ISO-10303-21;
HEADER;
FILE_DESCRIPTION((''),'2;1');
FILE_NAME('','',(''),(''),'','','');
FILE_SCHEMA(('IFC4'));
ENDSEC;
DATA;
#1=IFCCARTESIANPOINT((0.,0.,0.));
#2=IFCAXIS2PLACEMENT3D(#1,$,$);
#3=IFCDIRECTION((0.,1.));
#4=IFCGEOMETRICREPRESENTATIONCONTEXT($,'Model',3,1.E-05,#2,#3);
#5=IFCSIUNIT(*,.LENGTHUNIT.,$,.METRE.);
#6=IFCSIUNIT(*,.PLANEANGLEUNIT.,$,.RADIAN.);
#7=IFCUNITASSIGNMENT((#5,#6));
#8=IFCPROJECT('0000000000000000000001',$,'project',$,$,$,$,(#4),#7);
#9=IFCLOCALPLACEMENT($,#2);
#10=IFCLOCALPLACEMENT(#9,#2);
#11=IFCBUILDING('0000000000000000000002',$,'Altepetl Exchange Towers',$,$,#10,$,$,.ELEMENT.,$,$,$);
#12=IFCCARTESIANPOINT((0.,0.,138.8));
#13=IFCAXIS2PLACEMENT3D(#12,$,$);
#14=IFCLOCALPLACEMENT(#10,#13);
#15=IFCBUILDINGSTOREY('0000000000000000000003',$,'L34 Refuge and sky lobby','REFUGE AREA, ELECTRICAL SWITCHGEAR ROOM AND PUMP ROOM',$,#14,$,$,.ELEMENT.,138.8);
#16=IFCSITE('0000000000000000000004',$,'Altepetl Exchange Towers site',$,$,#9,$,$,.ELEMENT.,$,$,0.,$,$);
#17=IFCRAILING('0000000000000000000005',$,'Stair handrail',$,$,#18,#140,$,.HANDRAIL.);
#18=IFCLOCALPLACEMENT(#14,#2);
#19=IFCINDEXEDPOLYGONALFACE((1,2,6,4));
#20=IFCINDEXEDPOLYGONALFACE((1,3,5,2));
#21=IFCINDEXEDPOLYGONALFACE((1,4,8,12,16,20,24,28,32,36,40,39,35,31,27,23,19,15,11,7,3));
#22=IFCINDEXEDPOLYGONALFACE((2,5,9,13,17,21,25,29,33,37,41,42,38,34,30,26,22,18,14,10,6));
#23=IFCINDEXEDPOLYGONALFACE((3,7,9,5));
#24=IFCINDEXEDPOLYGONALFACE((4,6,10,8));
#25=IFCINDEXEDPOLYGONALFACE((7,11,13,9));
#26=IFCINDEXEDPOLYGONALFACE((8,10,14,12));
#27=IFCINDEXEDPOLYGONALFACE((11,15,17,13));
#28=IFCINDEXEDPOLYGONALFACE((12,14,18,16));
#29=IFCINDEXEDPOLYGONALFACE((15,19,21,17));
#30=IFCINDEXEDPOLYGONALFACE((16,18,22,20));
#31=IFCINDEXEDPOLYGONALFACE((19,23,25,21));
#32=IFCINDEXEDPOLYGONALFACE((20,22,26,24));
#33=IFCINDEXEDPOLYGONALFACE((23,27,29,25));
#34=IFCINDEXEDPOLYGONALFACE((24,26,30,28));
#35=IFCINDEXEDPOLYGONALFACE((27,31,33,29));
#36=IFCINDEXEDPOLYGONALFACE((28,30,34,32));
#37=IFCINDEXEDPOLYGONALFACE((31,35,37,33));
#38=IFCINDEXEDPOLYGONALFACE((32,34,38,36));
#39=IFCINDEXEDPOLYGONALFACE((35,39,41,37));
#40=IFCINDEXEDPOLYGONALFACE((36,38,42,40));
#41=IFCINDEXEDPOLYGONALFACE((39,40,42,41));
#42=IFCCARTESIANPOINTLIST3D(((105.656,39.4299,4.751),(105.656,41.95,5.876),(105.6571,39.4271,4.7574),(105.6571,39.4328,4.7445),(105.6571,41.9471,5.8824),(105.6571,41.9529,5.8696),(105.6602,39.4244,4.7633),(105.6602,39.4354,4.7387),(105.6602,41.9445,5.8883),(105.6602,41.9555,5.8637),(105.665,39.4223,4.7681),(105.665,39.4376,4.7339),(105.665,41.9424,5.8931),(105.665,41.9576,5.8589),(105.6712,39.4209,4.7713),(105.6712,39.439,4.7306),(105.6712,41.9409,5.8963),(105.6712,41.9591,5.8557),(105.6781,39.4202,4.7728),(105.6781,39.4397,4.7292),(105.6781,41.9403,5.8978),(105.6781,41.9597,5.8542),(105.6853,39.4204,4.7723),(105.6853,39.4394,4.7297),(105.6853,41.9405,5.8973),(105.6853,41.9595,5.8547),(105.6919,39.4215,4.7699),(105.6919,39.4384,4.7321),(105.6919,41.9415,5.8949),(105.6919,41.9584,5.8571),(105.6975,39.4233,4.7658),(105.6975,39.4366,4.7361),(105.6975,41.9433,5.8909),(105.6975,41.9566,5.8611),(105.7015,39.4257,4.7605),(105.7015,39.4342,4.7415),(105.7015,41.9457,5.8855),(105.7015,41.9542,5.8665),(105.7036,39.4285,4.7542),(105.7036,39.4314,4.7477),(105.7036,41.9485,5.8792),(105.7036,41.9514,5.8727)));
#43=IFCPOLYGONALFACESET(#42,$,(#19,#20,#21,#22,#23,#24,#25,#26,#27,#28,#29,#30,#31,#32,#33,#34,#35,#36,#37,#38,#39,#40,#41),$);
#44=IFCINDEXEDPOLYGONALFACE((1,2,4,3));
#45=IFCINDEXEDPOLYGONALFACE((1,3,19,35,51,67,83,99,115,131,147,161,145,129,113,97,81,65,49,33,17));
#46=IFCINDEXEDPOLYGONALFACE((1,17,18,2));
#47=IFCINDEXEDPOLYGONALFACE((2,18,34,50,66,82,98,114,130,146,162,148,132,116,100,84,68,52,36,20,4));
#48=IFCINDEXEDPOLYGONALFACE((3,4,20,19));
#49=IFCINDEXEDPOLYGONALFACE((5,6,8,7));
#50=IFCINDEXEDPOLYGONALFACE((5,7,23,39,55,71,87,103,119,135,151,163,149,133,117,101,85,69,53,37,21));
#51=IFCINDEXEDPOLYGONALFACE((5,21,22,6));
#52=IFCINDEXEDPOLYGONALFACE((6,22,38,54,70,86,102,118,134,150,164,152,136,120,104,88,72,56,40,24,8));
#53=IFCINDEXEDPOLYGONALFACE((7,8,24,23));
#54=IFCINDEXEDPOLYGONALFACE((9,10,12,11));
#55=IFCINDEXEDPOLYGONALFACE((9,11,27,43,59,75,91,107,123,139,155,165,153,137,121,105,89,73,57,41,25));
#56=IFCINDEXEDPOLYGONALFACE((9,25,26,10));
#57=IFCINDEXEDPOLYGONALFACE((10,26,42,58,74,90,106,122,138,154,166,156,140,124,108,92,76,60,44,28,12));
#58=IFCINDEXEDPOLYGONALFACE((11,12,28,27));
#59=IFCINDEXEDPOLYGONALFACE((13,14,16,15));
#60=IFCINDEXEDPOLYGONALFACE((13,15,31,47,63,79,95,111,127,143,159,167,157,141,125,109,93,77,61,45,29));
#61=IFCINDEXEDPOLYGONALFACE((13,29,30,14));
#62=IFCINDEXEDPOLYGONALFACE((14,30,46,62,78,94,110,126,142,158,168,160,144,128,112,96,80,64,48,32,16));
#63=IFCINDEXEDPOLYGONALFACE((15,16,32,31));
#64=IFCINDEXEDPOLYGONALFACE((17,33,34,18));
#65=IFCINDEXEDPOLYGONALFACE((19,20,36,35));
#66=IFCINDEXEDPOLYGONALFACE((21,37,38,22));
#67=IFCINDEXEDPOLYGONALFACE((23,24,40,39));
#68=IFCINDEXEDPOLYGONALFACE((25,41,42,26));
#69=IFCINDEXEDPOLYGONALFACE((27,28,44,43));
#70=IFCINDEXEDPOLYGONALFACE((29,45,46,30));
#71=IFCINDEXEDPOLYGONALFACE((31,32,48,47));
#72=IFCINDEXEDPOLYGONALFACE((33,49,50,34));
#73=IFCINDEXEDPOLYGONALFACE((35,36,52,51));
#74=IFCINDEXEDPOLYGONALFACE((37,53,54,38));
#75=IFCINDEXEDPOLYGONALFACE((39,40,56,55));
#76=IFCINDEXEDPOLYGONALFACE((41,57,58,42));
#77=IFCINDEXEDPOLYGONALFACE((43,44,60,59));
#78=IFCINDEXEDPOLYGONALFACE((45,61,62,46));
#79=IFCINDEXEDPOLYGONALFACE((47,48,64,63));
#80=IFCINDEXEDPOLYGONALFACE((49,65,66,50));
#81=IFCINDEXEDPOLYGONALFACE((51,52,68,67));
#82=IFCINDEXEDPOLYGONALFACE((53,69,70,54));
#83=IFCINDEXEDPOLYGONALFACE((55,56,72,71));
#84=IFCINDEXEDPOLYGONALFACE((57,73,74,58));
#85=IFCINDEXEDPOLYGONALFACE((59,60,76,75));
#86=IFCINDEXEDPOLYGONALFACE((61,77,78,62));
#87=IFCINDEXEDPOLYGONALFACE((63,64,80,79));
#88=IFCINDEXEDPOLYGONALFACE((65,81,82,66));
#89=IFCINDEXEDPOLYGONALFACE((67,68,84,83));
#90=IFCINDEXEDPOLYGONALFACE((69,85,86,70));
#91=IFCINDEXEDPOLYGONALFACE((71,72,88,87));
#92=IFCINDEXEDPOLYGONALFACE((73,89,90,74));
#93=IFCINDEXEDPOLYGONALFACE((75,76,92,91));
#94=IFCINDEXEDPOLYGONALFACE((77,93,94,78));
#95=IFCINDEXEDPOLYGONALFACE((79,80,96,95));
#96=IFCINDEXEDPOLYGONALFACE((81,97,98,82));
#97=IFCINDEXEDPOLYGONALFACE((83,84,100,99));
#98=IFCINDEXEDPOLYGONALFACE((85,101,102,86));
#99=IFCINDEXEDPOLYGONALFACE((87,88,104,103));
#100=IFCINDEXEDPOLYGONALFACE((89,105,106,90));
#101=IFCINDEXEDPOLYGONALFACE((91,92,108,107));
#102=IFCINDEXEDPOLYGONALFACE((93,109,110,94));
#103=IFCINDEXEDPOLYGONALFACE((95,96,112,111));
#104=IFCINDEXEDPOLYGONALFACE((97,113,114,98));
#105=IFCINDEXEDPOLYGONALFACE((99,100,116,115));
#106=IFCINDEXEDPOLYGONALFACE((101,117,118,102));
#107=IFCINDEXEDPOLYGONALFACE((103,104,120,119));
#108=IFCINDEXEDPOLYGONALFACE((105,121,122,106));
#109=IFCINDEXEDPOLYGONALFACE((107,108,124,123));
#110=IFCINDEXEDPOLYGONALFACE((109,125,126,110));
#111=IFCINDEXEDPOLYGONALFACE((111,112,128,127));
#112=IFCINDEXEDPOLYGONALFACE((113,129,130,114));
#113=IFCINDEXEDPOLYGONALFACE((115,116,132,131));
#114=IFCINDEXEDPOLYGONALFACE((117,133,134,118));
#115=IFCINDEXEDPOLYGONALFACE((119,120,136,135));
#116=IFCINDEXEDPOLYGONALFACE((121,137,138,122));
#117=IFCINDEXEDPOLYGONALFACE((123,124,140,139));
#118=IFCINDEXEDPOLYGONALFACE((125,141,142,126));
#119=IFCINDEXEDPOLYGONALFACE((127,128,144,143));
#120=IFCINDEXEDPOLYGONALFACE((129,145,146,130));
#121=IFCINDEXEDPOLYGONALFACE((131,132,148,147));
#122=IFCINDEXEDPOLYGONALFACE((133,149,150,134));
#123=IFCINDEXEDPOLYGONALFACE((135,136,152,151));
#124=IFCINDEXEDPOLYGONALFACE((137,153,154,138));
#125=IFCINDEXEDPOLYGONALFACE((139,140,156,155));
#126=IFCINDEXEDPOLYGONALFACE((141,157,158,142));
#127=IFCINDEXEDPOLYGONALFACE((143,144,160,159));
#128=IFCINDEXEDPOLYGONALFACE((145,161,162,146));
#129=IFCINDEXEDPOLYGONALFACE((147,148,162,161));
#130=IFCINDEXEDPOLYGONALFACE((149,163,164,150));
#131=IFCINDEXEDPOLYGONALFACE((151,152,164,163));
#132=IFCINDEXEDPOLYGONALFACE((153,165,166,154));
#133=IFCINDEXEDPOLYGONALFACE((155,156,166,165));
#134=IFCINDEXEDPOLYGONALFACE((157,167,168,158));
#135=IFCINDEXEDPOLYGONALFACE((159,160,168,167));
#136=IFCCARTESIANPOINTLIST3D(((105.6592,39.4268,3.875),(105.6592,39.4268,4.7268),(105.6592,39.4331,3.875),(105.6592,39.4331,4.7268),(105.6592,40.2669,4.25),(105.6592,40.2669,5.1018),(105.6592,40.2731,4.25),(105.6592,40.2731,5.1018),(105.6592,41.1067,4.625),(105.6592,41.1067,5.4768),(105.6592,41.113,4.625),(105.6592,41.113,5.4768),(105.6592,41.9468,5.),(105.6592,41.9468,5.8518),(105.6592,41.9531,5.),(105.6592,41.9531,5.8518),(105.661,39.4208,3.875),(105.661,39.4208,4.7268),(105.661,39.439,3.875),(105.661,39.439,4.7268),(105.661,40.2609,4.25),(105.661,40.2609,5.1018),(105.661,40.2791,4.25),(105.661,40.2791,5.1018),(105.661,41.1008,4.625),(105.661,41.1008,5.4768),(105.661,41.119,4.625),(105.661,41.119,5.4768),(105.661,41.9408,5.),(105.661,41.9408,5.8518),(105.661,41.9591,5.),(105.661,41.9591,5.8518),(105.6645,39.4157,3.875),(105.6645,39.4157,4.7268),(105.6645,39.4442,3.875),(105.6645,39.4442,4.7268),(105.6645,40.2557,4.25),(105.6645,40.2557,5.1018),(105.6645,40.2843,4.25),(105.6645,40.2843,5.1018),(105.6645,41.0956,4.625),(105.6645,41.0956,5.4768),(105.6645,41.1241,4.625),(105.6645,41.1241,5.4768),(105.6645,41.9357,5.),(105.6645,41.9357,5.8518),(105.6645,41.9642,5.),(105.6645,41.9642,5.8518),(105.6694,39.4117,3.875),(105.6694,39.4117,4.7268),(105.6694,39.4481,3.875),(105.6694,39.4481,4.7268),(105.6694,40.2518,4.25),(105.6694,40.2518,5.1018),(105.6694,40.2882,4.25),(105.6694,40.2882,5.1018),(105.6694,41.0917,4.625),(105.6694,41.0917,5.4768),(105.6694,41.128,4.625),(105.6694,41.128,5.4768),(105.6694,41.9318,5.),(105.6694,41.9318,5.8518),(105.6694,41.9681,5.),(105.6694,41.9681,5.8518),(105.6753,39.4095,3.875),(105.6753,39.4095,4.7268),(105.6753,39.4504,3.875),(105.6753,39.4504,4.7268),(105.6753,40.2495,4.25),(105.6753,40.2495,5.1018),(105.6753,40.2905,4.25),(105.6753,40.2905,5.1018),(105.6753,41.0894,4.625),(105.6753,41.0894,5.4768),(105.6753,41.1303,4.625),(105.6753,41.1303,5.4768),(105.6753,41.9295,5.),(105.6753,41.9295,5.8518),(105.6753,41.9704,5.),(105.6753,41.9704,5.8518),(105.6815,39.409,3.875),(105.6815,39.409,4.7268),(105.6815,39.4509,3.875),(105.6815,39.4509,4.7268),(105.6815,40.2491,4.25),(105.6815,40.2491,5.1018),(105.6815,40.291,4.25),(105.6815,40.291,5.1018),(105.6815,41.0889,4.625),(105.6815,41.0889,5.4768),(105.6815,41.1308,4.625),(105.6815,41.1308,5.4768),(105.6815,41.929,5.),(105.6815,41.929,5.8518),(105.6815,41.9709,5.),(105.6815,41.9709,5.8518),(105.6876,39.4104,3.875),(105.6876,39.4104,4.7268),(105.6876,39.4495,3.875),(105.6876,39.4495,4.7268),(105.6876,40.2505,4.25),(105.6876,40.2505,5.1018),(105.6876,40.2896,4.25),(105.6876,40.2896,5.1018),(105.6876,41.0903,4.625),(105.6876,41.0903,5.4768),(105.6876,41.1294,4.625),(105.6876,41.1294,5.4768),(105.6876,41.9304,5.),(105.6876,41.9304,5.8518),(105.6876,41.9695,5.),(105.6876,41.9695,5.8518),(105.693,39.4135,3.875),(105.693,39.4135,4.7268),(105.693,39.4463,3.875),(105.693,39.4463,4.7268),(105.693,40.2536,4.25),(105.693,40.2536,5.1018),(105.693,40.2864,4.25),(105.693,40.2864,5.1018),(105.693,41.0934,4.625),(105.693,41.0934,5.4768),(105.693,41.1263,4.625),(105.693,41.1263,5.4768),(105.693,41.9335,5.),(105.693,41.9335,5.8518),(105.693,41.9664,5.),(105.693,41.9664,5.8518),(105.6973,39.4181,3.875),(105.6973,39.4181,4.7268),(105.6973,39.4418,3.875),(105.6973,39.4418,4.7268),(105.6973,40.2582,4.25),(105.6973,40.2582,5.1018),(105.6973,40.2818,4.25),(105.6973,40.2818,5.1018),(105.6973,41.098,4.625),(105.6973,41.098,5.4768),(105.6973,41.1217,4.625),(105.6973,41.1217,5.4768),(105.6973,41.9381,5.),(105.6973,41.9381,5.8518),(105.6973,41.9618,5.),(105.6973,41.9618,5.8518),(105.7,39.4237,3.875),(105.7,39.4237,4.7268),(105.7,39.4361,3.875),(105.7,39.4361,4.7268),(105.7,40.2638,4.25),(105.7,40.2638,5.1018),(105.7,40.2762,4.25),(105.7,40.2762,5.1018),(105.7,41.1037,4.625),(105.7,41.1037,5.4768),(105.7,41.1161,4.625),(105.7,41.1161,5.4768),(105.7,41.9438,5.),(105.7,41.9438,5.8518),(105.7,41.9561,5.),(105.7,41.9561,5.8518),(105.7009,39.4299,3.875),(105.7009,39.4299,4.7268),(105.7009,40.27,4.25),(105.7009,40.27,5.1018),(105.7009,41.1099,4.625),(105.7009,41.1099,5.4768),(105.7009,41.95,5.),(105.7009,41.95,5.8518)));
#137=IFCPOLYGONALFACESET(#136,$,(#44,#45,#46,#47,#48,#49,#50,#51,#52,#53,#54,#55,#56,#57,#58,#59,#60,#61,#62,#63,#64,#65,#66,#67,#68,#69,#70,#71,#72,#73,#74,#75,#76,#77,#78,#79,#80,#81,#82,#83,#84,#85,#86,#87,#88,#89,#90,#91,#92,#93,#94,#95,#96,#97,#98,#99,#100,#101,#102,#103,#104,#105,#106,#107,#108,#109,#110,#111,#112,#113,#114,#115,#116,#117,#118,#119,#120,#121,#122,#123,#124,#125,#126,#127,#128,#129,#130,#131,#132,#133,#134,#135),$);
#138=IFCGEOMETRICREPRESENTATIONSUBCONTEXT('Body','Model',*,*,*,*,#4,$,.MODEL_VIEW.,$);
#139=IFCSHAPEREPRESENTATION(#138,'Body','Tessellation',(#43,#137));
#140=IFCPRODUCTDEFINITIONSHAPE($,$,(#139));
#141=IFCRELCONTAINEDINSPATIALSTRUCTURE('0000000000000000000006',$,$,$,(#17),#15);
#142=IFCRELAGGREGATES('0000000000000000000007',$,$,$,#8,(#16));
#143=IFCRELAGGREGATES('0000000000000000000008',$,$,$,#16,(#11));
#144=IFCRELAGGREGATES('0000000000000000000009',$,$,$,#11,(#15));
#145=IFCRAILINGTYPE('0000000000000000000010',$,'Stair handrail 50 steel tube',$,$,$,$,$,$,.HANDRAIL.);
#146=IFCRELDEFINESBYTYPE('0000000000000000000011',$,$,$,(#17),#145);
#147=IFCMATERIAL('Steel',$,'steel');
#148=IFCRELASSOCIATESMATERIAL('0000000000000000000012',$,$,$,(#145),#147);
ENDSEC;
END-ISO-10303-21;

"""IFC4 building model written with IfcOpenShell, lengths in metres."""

from ifc_helpers import new_model, si_unit, direction, frame, origin, origin_2d, place, context, subcontext, project, spatial, circle, extrude, source, transform, mapped, material, type_object, element, save


model = new_model("IFC4")

# Units and contexts
model_context = context("Model", 3, precision=1e-05, world=origin(), true_north=direction((0.0, 1.0)))
body_context = subcontext(model_context, "Body", "Model", "MODEL_VIEW")
ifc_project = project(units=[si_unit("LENGTHUNIT", "METRE"), si_unit("PLANEANGLEUNIT", "RADIAN")], contexts=[model_context])

# Site, building, storey
site_placement = place(None, origin())
site = spatial("IfcSite", under=ifc_project, at=site_placement, Name="Altepetl Exchange Towers site", CompositionType="ELEMENT", RefElevation=0.0)
building_placement = place(site_placement, origin())
building = spatial("IfcBuilding", under=site, at=building_placement, Name="Altepetl Exchange Towers", CompositionType="ELEMENT")
storey_placement = place(building_placement, frame((0.0, 0.0, 138.8)))
storey = spatial("IfcBuildingStorey", under=building, at=storey_placement, Name="L34 Refuge and sky lobby", Description="REFUGE AREA, ELECTRICAL SWITCHGEAR ROOM AND PUMP ROOM", CompositionType="ELEMENT", Elevation=138.8)

# Railing
ifc_material_1 = material(Name="Steel", Category="steel")
railing_type = type_object("IfcRailingType", Name="Stair handrail 50 steel tube", PredefinedType="HANDRAIL", material=ifc_material_1)
shared_shape = source(origin(), body_context, "Body", "SweptSolid", [
    extrude(circle(Radius=0.021, at=origin_2d()), origin(), (0.0, 0.0, 1.0), 0.8518),
])
railing_1_placement = place(storey_placement, frame((105.6799, 39.4299, 3.875)))
element("IfcRailing", 1, at=railing_1_placement, inside=storey, type_object=railing_type, Name="Stair handrail", PredefinedType="HANDRAIL", context=body_context, shape_type="SweptSolid", body=[
    extrude(circle(Radius=0.0239, at=origin_2d()), frame((0.0, 0.0, 0.876), z_axis=(0.0, 0.913139, 0.407648), x_axis=(-1.0, 0.0, 0.0)), (0.0, 0.0, 1.0), 2.7598),
    mapped(shared_shape, transform((0.0, 0.0, 0.0))),
    mapped(shared_shape, transform((0.0, 0.8401, 0.375))),
    mapped(shared_shape, transform((0.0, 1.6799, 0.75))),
    mapped(shared_shape, transform((0.0, 2.52, 1.125))),
])

save(model, "model.ifc")
